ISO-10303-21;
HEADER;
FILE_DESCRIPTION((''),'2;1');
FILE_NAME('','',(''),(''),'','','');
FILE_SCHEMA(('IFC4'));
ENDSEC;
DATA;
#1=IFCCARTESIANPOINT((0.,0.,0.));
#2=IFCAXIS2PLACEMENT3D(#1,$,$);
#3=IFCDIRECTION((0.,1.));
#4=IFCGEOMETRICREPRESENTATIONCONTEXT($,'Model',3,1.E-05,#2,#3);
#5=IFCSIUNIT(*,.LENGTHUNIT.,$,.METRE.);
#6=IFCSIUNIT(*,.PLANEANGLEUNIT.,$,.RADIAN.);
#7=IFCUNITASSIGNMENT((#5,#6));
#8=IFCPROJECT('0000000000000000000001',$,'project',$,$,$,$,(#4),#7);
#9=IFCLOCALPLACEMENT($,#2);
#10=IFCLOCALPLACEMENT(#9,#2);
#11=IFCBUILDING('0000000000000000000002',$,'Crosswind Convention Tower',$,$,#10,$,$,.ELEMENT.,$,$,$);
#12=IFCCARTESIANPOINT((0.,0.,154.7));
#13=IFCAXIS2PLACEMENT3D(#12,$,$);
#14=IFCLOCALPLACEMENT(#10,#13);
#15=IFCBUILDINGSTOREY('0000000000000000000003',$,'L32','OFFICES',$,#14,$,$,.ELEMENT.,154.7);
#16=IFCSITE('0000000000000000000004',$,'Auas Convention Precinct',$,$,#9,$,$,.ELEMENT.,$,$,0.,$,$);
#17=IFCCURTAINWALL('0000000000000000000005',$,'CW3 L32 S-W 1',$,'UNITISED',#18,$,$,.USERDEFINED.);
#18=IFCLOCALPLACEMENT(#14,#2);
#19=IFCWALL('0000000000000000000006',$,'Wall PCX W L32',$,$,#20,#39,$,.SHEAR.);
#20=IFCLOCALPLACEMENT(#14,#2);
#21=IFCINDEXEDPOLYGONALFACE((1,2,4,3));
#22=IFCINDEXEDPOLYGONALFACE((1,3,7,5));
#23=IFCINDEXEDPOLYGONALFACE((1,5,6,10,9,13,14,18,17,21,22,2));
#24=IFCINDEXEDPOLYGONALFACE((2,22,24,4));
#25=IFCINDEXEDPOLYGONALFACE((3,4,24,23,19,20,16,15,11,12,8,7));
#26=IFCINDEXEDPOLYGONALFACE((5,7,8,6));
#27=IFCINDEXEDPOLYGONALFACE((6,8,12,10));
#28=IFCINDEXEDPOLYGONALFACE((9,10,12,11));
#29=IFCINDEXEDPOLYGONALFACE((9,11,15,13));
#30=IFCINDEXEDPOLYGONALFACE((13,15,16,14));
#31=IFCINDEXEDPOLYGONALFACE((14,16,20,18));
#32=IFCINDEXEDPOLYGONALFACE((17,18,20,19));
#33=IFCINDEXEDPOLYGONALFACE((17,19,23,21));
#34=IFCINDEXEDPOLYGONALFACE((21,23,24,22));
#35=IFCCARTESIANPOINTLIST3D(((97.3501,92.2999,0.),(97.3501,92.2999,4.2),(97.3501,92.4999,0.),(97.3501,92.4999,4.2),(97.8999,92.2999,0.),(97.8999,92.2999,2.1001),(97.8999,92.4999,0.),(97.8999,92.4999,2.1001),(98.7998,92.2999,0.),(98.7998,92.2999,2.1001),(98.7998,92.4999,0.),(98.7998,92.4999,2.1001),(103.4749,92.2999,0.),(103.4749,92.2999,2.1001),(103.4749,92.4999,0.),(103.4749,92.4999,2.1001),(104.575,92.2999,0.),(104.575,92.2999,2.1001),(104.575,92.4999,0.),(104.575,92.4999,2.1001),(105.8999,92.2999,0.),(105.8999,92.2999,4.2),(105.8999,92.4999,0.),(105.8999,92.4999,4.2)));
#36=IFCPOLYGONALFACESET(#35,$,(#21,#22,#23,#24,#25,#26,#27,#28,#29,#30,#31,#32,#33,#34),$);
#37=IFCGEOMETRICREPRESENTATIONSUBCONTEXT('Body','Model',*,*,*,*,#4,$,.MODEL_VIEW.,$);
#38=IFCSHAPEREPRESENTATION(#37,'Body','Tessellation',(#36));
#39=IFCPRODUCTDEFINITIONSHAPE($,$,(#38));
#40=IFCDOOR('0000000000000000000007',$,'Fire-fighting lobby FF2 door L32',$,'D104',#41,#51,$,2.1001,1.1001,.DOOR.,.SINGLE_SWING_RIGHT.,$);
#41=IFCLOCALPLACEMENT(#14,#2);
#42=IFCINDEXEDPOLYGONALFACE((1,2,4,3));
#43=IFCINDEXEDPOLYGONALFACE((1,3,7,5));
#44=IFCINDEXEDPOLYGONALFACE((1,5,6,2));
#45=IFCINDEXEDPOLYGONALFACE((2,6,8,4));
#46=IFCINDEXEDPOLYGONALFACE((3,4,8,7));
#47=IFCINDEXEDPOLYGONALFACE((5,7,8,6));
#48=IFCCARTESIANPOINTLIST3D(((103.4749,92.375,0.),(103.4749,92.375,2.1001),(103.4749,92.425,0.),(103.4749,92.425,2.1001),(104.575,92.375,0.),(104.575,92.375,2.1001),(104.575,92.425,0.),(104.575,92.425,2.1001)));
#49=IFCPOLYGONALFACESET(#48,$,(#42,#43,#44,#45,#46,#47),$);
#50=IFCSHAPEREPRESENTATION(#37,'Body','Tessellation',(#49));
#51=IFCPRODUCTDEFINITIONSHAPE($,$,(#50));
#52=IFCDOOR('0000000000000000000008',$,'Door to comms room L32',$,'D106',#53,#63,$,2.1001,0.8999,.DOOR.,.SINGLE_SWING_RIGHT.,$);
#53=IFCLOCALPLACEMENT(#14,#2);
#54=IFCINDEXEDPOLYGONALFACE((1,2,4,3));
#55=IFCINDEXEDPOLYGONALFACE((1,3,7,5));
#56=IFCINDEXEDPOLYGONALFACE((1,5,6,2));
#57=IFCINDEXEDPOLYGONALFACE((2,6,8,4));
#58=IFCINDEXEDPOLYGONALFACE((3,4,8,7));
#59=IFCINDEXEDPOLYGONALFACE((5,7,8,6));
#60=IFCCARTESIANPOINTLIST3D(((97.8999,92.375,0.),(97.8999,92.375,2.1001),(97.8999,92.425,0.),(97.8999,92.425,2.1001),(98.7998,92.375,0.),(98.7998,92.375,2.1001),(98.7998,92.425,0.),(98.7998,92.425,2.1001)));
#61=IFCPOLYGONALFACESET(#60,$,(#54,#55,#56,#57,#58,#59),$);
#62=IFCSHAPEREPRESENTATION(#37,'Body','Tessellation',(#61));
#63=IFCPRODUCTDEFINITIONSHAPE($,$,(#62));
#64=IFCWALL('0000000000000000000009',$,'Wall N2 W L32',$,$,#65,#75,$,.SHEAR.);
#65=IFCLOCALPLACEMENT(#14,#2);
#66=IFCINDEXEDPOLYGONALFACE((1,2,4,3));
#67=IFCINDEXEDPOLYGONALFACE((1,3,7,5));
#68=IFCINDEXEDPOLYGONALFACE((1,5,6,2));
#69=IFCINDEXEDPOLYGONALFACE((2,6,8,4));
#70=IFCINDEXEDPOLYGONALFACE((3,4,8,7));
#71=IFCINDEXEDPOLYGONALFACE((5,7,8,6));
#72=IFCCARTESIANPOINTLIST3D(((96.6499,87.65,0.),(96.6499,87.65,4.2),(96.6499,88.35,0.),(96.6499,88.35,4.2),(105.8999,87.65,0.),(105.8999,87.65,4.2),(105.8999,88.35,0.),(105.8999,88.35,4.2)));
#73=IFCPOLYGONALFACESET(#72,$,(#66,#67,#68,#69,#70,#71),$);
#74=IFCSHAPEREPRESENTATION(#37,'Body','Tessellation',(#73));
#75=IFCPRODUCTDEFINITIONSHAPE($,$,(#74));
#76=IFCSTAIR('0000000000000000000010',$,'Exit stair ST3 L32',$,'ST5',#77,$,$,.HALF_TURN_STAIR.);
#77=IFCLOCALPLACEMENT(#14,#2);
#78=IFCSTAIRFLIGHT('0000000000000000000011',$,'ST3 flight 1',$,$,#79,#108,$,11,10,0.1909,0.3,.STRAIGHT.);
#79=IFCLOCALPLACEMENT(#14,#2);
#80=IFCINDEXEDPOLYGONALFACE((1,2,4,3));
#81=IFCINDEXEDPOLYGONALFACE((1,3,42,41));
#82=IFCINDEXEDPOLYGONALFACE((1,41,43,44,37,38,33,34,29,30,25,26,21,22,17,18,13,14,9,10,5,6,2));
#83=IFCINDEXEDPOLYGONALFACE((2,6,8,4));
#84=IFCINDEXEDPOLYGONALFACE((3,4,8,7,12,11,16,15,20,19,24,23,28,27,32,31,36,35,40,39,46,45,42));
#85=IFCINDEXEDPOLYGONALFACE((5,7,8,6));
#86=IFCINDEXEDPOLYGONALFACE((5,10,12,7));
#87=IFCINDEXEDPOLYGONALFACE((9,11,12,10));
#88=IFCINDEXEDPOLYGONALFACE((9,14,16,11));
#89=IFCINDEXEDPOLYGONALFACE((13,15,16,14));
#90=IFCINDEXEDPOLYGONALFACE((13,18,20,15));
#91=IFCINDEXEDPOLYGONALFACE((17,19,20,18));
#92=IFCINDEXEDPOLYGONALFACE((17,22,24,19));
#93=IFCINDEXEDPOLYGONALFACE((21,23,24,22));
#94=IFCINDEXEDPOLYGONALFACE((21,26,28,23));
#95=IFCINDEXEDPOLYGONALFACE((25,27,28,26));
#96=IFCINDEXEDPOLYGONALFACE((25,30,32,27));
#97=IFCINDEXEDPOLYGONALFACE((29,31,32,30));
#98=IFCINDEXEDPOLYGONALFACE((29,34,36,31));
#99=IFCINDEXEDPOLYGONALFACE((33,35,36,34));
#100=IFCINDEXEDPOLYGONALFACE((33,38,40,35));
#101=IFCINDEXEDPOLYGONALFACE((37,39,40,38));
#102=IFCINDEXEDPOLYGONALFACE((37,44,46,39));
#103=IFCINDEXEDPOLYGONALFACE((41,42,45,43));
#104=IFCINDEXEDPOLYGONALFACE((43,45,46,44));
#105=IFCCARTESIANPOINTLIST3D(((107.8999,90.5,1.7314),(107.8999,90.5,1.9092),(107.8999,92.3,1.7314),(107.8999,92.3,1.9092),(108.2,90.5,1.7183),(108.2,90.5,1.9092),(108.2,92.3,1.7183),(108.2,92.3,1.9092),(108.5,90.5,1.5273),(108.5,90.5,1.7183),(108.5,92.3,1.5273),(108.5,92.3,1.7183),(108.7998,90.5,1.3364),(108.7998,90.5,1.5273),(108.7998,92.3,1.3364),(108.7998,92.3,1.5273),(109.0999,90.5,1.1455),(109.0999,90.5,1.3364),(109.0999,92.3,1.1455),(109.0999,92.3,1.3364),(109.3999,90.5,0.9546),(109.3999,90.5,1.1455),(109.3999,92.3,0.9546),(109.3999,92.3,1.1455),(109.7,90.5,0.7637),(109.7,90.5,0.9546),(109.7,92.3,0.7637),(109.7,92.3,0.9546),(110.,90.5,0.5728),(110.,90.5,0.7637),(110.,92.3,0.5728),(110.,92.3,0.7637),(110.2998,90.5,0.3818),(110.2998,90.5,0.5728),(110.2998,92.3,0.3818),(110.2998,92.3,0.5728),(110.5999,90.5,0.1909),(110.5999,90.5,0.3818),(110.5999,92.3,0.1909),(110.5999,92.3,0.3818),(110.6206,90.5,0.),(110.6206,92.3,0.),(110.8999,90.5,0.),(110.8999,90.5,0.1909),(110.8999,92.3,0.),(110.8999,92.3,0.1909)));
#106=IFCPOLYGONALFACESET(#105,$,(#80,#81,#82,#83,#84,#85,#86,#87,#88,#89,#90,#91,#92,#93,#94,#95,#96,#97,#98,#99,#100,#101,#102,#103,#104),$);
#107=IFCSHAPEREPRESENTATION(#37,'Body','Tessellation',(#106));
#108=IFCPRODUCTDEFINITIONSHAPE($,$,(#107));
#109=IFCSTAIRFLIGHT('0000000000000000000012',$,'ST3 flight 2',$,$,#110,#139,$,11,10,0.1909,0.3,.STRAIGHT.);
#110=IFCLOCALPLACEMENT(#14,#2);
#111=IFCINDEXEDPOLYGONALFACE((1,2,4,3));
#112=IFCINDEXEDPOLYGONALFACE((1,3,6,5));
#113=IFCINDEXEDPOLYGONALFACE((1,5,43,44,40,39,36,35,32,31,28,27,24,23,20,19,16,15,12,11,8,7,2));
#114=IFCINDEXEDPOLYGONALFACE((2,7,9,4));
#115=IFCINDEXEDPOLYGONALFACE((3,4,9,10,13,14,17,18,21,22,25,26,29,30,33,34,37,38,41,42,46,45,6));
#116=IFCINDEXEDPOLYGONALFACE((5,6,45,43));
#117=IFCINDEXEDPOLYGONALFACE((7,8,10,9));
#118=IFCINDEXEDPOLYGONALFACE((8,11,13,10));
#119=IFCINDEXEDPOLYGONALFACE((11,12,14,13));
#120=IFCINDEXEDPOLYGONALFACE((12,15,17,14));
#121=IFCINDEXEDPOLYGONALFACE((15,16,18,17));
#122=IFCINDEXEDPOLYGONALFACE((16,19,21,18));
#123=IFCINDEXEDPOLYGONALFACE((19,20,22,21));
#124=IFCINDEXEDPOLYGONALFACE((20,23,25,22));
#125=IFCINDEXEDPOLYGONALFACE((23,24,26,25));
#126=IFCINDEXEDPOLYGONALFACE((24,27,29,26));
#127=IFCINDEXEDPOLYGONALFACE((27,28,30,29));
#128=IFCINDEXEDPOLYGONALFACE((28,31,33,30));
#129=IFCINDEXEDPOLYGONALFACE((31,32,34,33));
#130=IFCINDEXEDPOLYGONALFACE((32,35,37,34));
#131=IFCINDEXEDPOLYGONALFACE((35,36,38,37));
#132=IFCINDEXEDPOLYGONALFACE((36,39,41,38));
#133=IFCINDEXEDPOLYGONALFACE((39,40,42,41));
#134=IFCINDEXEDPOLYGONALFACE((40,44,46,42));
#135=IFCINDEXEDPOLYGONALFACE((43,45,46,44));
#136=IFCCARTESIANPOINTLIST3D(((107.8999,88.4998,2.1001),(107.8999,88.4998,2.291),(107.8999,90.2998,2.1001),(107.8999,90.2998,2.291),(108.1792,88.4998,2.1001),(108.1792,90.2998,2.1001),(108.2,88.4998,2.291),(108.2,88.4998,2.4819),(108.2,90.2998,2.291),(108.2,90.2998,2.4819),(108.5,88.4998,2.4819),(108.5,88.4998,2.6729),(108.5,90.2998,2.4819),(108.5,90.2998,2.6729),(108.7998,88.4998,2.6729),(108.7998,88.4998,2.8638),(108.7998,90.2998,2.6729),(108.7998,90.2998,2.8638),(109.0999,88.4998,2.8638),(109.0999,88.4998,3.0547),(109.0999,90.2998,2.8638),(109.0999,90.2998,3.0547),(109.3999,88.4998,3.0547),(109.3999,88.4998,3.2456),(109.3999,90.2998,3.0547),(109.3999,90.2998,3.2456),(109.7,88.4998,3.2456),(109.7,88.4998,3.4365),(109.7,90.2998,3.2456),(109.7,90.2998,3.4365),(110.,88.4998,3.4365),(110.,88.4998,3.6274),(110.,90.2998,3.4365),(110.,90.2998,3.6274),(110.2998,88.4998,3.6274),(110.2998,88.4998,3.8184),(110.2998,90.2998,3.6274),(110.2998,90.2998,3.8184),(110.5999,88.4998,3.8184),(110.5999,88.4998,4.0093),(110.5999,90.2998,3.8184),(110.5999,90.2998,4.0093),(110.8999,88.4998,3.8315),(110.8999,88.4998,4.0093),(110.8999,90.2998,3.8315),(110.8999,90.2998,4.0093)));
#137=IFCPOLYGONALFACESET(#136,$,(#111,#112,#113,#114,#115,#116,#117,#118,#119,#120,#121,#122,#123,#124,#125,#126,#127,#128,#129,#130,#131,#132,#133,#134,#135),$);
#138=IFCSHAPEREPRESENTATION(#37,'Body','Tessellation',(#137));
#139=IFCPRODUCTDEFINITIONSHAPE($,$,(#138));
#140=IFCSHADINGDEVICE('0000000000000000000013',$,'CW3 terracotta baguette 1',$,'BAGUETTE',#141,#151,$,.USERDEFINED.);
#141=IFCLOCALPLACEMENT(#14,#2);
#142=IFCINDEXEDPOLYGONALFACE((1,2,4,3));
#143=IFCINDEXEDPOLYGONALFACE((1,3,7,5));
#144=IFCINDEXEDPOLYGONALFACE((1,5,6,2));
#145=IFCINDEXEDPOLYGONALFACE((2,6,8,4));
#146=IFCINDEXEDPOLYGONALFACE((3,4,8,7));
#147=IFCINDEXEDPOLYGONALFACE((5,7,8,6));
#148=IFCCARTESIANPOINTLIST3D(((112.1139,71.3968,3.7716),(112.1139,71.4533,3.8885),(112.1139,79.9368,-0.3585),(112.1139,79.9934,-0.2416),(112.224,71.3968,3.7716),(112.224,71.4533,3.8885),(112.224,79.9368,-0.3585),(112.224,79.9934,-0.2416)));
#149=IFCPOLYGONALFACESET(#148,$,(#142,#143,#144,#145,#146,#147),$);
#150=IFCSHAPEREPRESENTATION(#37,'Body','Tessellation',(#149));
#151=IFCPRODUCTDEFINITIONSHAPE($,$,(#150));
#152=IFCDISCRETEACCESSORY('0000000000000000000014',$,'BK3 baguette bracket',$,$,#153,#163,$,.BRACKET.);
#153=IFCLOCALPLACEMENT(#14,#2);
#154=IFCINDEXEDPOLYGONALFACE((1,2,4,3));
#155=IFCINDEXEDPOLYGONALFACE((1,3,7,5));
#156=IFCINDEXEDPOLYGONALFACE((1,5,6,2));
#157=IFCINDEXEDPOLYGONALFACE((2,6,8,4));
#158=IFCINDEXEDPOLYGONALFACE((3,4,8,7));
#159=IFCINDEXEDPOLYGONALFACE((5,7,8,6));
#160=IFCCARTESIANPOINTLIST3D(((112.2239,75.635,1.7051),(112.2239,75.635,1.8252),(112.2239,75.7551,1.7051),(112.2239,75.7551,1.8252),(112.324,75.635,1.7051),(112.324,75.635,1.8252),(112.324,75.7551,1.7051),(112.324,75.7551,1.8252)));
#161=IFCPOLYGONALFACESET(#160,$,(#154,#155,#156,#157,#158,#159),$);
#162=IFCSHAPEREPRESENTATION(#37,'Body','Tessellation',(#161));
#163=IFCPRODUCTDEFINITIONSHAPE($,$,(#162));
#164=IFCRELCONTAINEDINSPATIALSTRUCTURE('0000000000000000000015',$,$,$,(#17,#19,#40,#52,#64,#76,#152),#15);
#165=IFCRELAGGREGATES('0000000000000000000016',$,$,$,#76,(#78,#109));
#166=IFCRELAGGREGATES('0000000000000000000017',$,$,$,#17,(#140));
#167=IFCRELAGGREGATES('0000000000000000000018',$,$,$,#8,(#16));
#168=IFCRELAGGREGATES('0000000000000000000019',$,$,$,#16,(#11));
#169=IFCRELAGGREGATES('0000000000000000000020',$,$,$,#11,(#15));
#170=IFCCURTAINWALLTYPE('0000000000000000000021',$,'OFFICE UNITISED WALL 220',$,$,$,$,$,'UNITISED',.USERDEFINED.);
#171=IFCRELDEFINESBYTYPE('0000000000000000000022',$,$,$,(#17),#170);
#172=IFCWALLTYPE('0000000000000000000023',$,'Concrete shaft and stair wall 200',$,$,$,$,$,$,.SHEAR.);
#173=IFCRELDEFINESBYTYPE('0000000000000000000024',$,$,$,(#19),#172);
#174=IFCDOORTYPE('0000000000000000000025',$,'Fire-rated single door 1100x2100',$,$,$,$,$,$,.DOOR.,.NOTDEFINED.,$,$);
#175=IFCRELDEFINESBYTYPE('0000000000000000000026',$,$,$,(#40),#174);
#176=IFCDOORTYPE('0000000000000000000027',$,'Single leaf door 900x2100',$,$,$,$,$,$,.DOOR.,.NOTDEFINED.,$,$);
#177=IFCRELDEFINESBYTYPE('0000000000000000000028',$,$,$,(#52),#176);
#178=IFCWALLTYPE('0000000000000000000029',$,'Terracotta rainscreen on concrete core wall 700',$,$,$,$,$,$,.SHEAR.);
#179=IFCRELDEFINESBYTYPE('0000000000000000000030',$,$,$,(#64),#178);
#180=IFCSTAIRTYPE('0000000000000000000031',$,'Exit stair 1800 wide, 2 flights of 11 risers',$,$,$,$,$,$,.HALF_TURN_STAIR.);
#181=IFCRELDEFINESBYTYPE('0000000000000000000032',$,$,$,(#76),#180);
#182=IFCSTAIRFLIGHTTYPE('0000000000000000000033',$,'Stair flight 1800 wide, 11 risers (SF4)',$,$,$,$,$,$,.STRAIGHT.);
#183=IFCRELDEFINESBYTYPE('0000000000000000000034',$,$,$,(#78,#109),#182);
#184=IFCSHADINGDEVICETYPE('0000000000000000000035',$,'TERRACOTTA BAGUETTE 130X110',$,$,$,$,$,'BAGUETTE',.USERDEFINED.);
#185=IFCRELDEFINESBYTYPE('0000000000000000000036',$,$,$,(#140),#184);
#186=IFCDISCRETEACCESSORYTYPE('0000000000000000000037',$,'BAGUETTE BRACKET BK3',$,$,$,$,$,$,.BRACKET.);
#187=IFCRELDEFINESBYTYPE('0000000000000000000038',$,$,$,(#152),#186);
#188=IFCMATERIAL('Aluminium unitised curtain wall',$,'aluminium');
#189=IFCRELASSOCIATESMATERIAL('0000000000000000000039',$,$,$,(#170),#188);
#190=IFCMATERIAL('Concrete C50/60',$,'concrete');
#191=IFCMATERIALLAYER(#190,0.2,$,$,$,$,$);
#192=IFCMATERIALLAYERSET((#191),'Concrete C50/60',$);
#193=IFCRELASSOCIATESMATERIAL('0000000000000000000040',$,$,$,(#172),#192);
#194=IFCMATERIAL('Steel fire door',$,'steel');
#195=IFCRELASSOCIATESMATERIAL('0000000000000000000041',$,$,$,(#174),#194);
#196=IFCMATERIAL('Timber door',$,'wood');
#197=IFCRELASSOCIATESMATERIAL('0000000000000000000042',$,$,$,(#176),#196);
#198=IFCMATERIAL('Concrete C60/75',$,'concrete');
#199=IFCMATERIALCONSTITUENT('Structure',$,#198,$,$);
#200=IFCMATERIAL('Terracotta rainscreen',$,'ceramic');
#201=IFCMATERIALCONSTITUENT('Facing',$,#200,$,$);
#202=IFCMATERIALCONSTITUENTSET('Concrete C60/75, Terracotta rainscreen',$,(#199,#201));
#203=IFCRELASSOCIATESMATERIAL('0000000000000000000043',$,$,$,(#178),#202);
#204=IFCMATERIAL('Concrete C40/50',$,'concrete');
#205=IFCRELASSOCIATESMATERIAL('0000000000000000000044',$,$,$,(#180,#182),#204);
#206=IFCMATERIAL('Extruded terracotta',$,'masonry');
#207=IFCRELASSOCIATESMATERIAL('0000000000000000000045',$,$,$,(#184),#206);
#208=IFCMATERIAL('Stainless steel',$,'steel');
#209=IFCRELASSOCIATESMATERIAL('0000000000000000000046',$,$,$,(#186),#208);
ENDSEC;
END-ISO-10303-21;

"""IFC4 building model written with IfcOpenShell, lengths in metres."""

from ifc_helpers import new_model, si_unit, direction, frame, frame_2d, origin, origin_2d, place, context, subcontext, project, spatial, polyline, rectangle, outline, extrude, material, layer, layer_set, constituent, constituent_set, material_profile, profile_set, type_object, element, fill, aggregate, save


model = new_model("IFC4")

# Units and contexts
model_context = context("Model", 3, precision=1e-05, world=origin(), true_north=direction((0.0, 1.0)))
body_context = subcontext(model_context, "Body", "Model", "MODEL_VIEW")
ifc_project = project(units=[si_unit("LENGTHUNIT", "METRE"), si_unit("PLANEANGLEUNIT", "RADIAN")], contexts=[model_context])

# Site, building, storey
site_placement = place(None, origin())
site = spatial("IfcSite", under=ifc_project, at=site_placement, Name="Auas Convention Precinct", CompositionType="ELEMENT", RefElevation=0.0)
building_placement = place(site_placement, origin())
building = spatial("IfcBuilding", under=site, at=building_placement, Name="Crosswind Convention Tower", CompositionType="ELEMENT")
storey_placement = place(building_placement, frame((0.0, 0.0, 154.7)))
storey = spatial("IfcBuildingStorey", under=building, at=storey_placement, Name="L32", Description="OFFICES", CompositionType="ELEMENT", Elevation=154.7)

# Shared definitions
ifc_material_1 = material(Name="Concrete C60/75", Category="concrete")

# Shared definitions
ifc_material_2 = material(Name="Aluminium unitised curtain wall", Category="aluminium")

# Curtain wall
curtain_wall_type_1 = type_object("IfcCurtainWallType", Name="OFFICE UNITISED WALL 220", ElementType="UNITISED", PredefinedType="USERDEFINED", material=ifc_material_2)
curtain_wall_1_placement = place(storey_placement, origin())
curtain_wall_1 = element("IfcCurtainWall", 1, at=curtain_wall_1_placement, inside=storey, type_object=curtain_wall_type_1, Name="CW3 L32 S-W 1", ObjectType="UNITISED", PredefinedType="USERDEFINED")

# Shared definitions
ifc_material_3 = material(Name="Concrete C50/60", Category="concrete")
ifc_layer_1 = layer(ifc_material_3, 0.2)
ifc_layer_set_1 = layer_set([ifc_layer_1], Name="Concrete C50/60")
wall_type_1 = type_object("IfcWallType", Name="Concrete shaft and stair wall 200", PredefinedType="SHEAR", material=ifc_layer_set_1)

# Shared definitions
ifc_material_4 = material(Name="Stainless steel", Category="steel")

# Wall, openings, doors
wall_1_placement = place(storey_placement, frame((105.8999, 92.3999, 0.0), z_axis=(0.0, 0.0, 1.0), x_axis=(-1.0, 0.0, 0.0)))
wall_1 = element("IfcWall", 2, at=wall_1_placement, inside=storey, type_object=wall_type_1, Name="Wall PCX W L32", PredefinedType="SHEAR", context=body_context, shape_type="SweptSolid", body=[
    extrude(rectangle(XDim=8.5498, YDim=0.2, at=frame_2d((4.2749, 0.0))), origin(), (0.0, 0.0, 1.0), 4.2),
])
opening_1_placement = place(wall_1_placement, frame((1.325, 0.0, 0.0)))
opening_1 = element("IfcOpeningElement", 3, at=opening_1_placement, cuts=wall_1, PredefinedType="OPENING", context=body_context, shape_type="SweptSolid", body=[
    extrude(rectangle(XDim=1.1001, YDim=2.1001, at=frame_2d((0.55, 1.05))), frame((0.0, 0.1099, 0.0), z_axis=(0.0, -1.0, 0.0), x_axis=(1.0, 0.0, 0.0)), (0.0, 0.0, 1.0), 0.22),
])
opening_2_placement = place(wall_1_placement, frame((7.1001, 0.0, 0.0)))
opening_2 = element("IfcOpeningElement", 4, at=opening_2_placement, cuts=wall_1, PredefinedType="OPENING", context=body_context, shape_type="SweptSolid", body=[
    extrude(rectangle(XDim=0.8999, YDim=2.1001, at=frame_2d((0.45, 1.05))), frame((0.0, 0.1099, 0.0), z_axis=(0.0, -1.0, 0.0), x_axis=(1.0, 0.0, 0.0)), (0.0, 0.0, 1.0), 0.22),
])
ifc_material_5 = material(Name="Steel fire door", Category="steel")
door_type_1 = type_object("IfcDoorType", Name="Fire-rated single door 1100x2100", OperationType="NOTDEFINED", PredefinedType="DOOR", material=ifc_material_5)
door_1_placement = place(opening_1_placement, origin())
door_1 = element("IfcDoor", 5, at=door_1_placement, inside=storey, type_object=door_type_1, Name="Fire-fighting lobby FF2 door L32", ObjectType="D104", OperationType="SINGLE_SWING_RIGHT", OverallHeight=2.1001, OverallWidth=1.1001, PredefinedType="DOOR", context=body_context, shape_type="SweptSolid", body=[
    extrude(rectangle(XDim=1.1001, YDim=2.1001, at=frame_2d((0.55, 1.05))), frame((0.0, 0.0249, 0.0), z_axis=(0.0, -1.0, 0.0), x_axis=(1.0, 0.0, 0.0)), (0.0, 0.0, 1.0), 0.05),
])
fill(opening_1, door_1)
ifc_material_6 = material(Name="Timber door", Category="wood")
door_type_2 = type_object("IfcDoorType", Name="Single leaf door 900x2100", OperationType="NOTDEFINED", PredefinedType="DOOR", material=ifc_material_6)
door_2_placement = place(opening_2_placement, origin())
door_2 = element("IfcDoor", 6, at=door_2_placement, inside=storey, type_object=door_type_2, Name="Door to comms room L32", ObjectType="D106", OperationType="SINGLE_SWING_RIGHT", OverallHeight=2.1001, OverallWidth=0.8999, PredefinedType="DOOR", context=body_context, shape_type="SweptSolid", body=[
    extrude(rectangle(XDim=0.8999, YDim=2.1001, at=frame_2d((0.45, 1.05))), frame((0.0, 0.0249, 0.0), z_axis=(0.0, -1.0, 0.0), x_axis=(1.0, 0.0, 0.0)), (0.0, 0.0, 1.0), 0.05),
])
fill(opening_2, door_2)

# Wall
ifc_constituent_1 = constituent(ifc_material_1, Name="Structure")
ifc_material_7 = material(Name="Terracotta rainscreen", Category="ceramic")
ifc_constituent_2 = constituent(ifc_material_7, Name="Facing")
ifc_constituent_set = constituent_set(constituents=[ifc_constituent_1, ifc_constituent_2], Name="Concrete C60/75, Terracotta rainscreen")
wall_type_2 = type_object("IfcWallType", Name="Terracotta rainscreen on concrete core wall 700", PredefinedType="SHEAR", material=ifc_constituent_set)
wall_2_placement = place(storey_placement, frame((105.8999, 88.0, 0.0), z_axis=(0.0, 0.0, 1.0), x_axis=(-1.0, 0.0, 0.0)))
element("IfcWall", 7, at=wall_2_placement, inside=storey, type_object=wall_type_2, Name="Wall N2 W L32", PredefinedType="SHEAR", context=body_context, shape_type="SweptSolid", body=[
    extrude(rectangle(XDim=9.25, YDim=0.7, at=frame_2d((4.625, 0.0))), origin(), (0.0, 0.0, 1.0), 4.2),
])

# Stair, stair flights
ifc_material_8 = material(Name="Concrete C40/50", Category="concrete")
stair_type = type_object("IfcStairType", Name="Exit stair 1800 wide, 2 flights of 11 risers", PredefinedType="HALF_TURN_STAIR", material=ifc_material_8)
stair_placement = place(storey_placement, origin())
stair = element("IfcStair", 8, at=stair_placement, inside=storey, type_object=stair_type, Name="Exit stair ST3 L32", ObjectType="ST5", PredefinedType="HALF_TURN_STAIR")
stair_flight_type = type_object("IfcStairFlightType", Name="Stair flight 1800 wide, 11 risers (SF4)", PredefinedType="STRAIGHT", material=ifc_material_8)
stair_flight_1_placement = place(storey_placement, frame((110.8999, 91.3999, 0.0), z_axis=(0.0, 0.0, 1.0), x_axis=(-1.0, 0.0, 0.0)))
stair_flight_1 = element("IfcStairFlight", 9, at=stair_flight_1_placement, type_object=stair_flight_type, Name="ST3 flight 1", NumberOfRisers=11, NumberOfTreads=10, PredefinedType="STRAIGHT", RiserHeight=0.1909, TreadLength=0.3, context=body_context, shape_type="SweptSolid", body=[
    extrude(outline(polyline([(0.0, 0.0), (0.0, 0.1909), (0.3, 0.1909), (0.3, 0.3818), (0.6001, 0.3818), (0.6001, 0.5728), (0.8999, 0.5728), (0.8999, 0.7637), (1.2, 0.7637), (1.2, 0.9546), (1.5, 0.9546), (1.5, 1.1455), (1.8, 1.1455), (1.8, 1.3364), (2.1001, 1.3364), (2.1001, 1.5273), (2.3999, 1.5273), (2.3999, 1.7183), (2.7, 1.7183), (2.7, 1.9092), (3.0, 1.9092), (3.0, 2.1001), (3.0, 1.7314), (0.2793, 0.0), (0.0, 0.0)])), frame((0.0, 0.8999, 0.0), z_axis=(0.0, -1.0, 0.0), x_axis=(1.0, 0.0, 0.0)), (0.0, 0.0, 1.0), 1.8),
])
stair_flight_2_placement = place(storey_placement, frame((107.8999, 89.3999, 2.1001), z_axis=(0.0, 0.0, 1.0), x_axis=(1.0, 0.0, 0.0)))
stair_flight_2 = element("IfcStairFlight", 10, at=stair_flight_2_placement, type_object=stair_flight_type, Name="ST3 flight 2", NumberOfRisers=11, NumberOfTreads=10, PredefinedType="STRAIGHT", RiserHeight=0.1909, TreadLength=0.3, context=body_context, shape_type="SweptSolid", body=[
    extrude(outline(polyline([(0.0, 0.0), (0.0, 0.1909), (0.3, 0.1909), (0.3, 0.3818), (0.6001, 0.3818), (0.6001, 0.5728), (0.8999, 0.5728), (0.8999, 0.7637), (1.2, 0.7637), (1.2, 0.9546), (1.5, 0.9546), (1.5, 1.1455), (1.8, 1.1455), (1.8, 1.3364), (2.1001, 1.3364), (2.1001, 1.5273), (2.3999, 1.5273), (2.3999, 1.7183), (2.7, 1.7183), (2.7, 1.9092), (3.0, 1.9092), (3.0, 2.1001), (3.0, 1.7314), (0.2793, 0.0), (0.0, 0.0)])), frame((0.0, 0.8999, 0.0), z_axis=(0.0, -1.0, 0.0), x_axis=(1.0, 0.0, 0.0)), (0.0, 0.0, 1.0), 1.8),
])
aggregate(stair, [stair_flight_1, stair_flight_2])

# Shading device
ifc_material_9 = material(Name="Extruded terracotta", Category="masonry")
ifc_material_profile_1 = material_profile(ifc_material_9, rectangle(XDim=0.1101, YDim=0.1299, at=origin_2d()), Name="TC 110X130")
ifc_profile_set_1 = profile_set([ifc_material_profile_1], Name="Extruded terracotta")
shading_device_type = type_object("IfcShadingDeviceType", Name="TERRACOTTA BAGUETTE 130X110", ElementType="BAGUETTE", PredefinedType="USERDEFINED", material=ifc_profile_set_1)
shading_device_placement = place(storey_placement, frame((112.1689, 79.9651, -0.3), z_axis=(0.0, -0.900248, 0.435377), x_axis=(1.0, 0.0, 0.0)))
shading_device = element("IfcShadingDevice", 11, at=shading_device_placement, type_object=shading_device_type, Name="CW3 terracotta baguette 1", ObjectType="BAGUETTE", PredefinedType="USERDEFINED", context=body_context, shape_type="SweptSolid", body=[
    extrude(rectangle(XDim=0.1101, YDim=0.1299, at=origin_2d()), origin(), (0.0, 0.0, 1.0), 9.4863),
])
aggregate(curtain_wall_1, [shading_device])

# Discrete accessory
discrete_accessory_type = type_object("IfcDiscreteAccessoryType", Name="BAGUETTE BRACKET BK3", PredefinedType="BRACKET", material=ifc_material_4)
discrete_accessory_placement = place(storey_placement, frame((112.2739, 75.6951, 1.7051), z_axis=(0.0, 0.0, 1.0), x_axis=(0.0, -1.0, 0.0)))
element("IfcDiscreteAccessory", 12, at=discrete_accessory_placement, inside=storey, type_object=discrete_accessory_type, Name="BK3 baguette bracket", PredefinedType="BRACKET", context=body_context, shape_type="SweptSolid", body=[
    extrude(rectangle(XDim=0.1201, YDim=0.1001, at=origin_2d()), origin(), (0.0, 0.0, 1.0), 0.1201),
])

save(model, "model.ifc")
